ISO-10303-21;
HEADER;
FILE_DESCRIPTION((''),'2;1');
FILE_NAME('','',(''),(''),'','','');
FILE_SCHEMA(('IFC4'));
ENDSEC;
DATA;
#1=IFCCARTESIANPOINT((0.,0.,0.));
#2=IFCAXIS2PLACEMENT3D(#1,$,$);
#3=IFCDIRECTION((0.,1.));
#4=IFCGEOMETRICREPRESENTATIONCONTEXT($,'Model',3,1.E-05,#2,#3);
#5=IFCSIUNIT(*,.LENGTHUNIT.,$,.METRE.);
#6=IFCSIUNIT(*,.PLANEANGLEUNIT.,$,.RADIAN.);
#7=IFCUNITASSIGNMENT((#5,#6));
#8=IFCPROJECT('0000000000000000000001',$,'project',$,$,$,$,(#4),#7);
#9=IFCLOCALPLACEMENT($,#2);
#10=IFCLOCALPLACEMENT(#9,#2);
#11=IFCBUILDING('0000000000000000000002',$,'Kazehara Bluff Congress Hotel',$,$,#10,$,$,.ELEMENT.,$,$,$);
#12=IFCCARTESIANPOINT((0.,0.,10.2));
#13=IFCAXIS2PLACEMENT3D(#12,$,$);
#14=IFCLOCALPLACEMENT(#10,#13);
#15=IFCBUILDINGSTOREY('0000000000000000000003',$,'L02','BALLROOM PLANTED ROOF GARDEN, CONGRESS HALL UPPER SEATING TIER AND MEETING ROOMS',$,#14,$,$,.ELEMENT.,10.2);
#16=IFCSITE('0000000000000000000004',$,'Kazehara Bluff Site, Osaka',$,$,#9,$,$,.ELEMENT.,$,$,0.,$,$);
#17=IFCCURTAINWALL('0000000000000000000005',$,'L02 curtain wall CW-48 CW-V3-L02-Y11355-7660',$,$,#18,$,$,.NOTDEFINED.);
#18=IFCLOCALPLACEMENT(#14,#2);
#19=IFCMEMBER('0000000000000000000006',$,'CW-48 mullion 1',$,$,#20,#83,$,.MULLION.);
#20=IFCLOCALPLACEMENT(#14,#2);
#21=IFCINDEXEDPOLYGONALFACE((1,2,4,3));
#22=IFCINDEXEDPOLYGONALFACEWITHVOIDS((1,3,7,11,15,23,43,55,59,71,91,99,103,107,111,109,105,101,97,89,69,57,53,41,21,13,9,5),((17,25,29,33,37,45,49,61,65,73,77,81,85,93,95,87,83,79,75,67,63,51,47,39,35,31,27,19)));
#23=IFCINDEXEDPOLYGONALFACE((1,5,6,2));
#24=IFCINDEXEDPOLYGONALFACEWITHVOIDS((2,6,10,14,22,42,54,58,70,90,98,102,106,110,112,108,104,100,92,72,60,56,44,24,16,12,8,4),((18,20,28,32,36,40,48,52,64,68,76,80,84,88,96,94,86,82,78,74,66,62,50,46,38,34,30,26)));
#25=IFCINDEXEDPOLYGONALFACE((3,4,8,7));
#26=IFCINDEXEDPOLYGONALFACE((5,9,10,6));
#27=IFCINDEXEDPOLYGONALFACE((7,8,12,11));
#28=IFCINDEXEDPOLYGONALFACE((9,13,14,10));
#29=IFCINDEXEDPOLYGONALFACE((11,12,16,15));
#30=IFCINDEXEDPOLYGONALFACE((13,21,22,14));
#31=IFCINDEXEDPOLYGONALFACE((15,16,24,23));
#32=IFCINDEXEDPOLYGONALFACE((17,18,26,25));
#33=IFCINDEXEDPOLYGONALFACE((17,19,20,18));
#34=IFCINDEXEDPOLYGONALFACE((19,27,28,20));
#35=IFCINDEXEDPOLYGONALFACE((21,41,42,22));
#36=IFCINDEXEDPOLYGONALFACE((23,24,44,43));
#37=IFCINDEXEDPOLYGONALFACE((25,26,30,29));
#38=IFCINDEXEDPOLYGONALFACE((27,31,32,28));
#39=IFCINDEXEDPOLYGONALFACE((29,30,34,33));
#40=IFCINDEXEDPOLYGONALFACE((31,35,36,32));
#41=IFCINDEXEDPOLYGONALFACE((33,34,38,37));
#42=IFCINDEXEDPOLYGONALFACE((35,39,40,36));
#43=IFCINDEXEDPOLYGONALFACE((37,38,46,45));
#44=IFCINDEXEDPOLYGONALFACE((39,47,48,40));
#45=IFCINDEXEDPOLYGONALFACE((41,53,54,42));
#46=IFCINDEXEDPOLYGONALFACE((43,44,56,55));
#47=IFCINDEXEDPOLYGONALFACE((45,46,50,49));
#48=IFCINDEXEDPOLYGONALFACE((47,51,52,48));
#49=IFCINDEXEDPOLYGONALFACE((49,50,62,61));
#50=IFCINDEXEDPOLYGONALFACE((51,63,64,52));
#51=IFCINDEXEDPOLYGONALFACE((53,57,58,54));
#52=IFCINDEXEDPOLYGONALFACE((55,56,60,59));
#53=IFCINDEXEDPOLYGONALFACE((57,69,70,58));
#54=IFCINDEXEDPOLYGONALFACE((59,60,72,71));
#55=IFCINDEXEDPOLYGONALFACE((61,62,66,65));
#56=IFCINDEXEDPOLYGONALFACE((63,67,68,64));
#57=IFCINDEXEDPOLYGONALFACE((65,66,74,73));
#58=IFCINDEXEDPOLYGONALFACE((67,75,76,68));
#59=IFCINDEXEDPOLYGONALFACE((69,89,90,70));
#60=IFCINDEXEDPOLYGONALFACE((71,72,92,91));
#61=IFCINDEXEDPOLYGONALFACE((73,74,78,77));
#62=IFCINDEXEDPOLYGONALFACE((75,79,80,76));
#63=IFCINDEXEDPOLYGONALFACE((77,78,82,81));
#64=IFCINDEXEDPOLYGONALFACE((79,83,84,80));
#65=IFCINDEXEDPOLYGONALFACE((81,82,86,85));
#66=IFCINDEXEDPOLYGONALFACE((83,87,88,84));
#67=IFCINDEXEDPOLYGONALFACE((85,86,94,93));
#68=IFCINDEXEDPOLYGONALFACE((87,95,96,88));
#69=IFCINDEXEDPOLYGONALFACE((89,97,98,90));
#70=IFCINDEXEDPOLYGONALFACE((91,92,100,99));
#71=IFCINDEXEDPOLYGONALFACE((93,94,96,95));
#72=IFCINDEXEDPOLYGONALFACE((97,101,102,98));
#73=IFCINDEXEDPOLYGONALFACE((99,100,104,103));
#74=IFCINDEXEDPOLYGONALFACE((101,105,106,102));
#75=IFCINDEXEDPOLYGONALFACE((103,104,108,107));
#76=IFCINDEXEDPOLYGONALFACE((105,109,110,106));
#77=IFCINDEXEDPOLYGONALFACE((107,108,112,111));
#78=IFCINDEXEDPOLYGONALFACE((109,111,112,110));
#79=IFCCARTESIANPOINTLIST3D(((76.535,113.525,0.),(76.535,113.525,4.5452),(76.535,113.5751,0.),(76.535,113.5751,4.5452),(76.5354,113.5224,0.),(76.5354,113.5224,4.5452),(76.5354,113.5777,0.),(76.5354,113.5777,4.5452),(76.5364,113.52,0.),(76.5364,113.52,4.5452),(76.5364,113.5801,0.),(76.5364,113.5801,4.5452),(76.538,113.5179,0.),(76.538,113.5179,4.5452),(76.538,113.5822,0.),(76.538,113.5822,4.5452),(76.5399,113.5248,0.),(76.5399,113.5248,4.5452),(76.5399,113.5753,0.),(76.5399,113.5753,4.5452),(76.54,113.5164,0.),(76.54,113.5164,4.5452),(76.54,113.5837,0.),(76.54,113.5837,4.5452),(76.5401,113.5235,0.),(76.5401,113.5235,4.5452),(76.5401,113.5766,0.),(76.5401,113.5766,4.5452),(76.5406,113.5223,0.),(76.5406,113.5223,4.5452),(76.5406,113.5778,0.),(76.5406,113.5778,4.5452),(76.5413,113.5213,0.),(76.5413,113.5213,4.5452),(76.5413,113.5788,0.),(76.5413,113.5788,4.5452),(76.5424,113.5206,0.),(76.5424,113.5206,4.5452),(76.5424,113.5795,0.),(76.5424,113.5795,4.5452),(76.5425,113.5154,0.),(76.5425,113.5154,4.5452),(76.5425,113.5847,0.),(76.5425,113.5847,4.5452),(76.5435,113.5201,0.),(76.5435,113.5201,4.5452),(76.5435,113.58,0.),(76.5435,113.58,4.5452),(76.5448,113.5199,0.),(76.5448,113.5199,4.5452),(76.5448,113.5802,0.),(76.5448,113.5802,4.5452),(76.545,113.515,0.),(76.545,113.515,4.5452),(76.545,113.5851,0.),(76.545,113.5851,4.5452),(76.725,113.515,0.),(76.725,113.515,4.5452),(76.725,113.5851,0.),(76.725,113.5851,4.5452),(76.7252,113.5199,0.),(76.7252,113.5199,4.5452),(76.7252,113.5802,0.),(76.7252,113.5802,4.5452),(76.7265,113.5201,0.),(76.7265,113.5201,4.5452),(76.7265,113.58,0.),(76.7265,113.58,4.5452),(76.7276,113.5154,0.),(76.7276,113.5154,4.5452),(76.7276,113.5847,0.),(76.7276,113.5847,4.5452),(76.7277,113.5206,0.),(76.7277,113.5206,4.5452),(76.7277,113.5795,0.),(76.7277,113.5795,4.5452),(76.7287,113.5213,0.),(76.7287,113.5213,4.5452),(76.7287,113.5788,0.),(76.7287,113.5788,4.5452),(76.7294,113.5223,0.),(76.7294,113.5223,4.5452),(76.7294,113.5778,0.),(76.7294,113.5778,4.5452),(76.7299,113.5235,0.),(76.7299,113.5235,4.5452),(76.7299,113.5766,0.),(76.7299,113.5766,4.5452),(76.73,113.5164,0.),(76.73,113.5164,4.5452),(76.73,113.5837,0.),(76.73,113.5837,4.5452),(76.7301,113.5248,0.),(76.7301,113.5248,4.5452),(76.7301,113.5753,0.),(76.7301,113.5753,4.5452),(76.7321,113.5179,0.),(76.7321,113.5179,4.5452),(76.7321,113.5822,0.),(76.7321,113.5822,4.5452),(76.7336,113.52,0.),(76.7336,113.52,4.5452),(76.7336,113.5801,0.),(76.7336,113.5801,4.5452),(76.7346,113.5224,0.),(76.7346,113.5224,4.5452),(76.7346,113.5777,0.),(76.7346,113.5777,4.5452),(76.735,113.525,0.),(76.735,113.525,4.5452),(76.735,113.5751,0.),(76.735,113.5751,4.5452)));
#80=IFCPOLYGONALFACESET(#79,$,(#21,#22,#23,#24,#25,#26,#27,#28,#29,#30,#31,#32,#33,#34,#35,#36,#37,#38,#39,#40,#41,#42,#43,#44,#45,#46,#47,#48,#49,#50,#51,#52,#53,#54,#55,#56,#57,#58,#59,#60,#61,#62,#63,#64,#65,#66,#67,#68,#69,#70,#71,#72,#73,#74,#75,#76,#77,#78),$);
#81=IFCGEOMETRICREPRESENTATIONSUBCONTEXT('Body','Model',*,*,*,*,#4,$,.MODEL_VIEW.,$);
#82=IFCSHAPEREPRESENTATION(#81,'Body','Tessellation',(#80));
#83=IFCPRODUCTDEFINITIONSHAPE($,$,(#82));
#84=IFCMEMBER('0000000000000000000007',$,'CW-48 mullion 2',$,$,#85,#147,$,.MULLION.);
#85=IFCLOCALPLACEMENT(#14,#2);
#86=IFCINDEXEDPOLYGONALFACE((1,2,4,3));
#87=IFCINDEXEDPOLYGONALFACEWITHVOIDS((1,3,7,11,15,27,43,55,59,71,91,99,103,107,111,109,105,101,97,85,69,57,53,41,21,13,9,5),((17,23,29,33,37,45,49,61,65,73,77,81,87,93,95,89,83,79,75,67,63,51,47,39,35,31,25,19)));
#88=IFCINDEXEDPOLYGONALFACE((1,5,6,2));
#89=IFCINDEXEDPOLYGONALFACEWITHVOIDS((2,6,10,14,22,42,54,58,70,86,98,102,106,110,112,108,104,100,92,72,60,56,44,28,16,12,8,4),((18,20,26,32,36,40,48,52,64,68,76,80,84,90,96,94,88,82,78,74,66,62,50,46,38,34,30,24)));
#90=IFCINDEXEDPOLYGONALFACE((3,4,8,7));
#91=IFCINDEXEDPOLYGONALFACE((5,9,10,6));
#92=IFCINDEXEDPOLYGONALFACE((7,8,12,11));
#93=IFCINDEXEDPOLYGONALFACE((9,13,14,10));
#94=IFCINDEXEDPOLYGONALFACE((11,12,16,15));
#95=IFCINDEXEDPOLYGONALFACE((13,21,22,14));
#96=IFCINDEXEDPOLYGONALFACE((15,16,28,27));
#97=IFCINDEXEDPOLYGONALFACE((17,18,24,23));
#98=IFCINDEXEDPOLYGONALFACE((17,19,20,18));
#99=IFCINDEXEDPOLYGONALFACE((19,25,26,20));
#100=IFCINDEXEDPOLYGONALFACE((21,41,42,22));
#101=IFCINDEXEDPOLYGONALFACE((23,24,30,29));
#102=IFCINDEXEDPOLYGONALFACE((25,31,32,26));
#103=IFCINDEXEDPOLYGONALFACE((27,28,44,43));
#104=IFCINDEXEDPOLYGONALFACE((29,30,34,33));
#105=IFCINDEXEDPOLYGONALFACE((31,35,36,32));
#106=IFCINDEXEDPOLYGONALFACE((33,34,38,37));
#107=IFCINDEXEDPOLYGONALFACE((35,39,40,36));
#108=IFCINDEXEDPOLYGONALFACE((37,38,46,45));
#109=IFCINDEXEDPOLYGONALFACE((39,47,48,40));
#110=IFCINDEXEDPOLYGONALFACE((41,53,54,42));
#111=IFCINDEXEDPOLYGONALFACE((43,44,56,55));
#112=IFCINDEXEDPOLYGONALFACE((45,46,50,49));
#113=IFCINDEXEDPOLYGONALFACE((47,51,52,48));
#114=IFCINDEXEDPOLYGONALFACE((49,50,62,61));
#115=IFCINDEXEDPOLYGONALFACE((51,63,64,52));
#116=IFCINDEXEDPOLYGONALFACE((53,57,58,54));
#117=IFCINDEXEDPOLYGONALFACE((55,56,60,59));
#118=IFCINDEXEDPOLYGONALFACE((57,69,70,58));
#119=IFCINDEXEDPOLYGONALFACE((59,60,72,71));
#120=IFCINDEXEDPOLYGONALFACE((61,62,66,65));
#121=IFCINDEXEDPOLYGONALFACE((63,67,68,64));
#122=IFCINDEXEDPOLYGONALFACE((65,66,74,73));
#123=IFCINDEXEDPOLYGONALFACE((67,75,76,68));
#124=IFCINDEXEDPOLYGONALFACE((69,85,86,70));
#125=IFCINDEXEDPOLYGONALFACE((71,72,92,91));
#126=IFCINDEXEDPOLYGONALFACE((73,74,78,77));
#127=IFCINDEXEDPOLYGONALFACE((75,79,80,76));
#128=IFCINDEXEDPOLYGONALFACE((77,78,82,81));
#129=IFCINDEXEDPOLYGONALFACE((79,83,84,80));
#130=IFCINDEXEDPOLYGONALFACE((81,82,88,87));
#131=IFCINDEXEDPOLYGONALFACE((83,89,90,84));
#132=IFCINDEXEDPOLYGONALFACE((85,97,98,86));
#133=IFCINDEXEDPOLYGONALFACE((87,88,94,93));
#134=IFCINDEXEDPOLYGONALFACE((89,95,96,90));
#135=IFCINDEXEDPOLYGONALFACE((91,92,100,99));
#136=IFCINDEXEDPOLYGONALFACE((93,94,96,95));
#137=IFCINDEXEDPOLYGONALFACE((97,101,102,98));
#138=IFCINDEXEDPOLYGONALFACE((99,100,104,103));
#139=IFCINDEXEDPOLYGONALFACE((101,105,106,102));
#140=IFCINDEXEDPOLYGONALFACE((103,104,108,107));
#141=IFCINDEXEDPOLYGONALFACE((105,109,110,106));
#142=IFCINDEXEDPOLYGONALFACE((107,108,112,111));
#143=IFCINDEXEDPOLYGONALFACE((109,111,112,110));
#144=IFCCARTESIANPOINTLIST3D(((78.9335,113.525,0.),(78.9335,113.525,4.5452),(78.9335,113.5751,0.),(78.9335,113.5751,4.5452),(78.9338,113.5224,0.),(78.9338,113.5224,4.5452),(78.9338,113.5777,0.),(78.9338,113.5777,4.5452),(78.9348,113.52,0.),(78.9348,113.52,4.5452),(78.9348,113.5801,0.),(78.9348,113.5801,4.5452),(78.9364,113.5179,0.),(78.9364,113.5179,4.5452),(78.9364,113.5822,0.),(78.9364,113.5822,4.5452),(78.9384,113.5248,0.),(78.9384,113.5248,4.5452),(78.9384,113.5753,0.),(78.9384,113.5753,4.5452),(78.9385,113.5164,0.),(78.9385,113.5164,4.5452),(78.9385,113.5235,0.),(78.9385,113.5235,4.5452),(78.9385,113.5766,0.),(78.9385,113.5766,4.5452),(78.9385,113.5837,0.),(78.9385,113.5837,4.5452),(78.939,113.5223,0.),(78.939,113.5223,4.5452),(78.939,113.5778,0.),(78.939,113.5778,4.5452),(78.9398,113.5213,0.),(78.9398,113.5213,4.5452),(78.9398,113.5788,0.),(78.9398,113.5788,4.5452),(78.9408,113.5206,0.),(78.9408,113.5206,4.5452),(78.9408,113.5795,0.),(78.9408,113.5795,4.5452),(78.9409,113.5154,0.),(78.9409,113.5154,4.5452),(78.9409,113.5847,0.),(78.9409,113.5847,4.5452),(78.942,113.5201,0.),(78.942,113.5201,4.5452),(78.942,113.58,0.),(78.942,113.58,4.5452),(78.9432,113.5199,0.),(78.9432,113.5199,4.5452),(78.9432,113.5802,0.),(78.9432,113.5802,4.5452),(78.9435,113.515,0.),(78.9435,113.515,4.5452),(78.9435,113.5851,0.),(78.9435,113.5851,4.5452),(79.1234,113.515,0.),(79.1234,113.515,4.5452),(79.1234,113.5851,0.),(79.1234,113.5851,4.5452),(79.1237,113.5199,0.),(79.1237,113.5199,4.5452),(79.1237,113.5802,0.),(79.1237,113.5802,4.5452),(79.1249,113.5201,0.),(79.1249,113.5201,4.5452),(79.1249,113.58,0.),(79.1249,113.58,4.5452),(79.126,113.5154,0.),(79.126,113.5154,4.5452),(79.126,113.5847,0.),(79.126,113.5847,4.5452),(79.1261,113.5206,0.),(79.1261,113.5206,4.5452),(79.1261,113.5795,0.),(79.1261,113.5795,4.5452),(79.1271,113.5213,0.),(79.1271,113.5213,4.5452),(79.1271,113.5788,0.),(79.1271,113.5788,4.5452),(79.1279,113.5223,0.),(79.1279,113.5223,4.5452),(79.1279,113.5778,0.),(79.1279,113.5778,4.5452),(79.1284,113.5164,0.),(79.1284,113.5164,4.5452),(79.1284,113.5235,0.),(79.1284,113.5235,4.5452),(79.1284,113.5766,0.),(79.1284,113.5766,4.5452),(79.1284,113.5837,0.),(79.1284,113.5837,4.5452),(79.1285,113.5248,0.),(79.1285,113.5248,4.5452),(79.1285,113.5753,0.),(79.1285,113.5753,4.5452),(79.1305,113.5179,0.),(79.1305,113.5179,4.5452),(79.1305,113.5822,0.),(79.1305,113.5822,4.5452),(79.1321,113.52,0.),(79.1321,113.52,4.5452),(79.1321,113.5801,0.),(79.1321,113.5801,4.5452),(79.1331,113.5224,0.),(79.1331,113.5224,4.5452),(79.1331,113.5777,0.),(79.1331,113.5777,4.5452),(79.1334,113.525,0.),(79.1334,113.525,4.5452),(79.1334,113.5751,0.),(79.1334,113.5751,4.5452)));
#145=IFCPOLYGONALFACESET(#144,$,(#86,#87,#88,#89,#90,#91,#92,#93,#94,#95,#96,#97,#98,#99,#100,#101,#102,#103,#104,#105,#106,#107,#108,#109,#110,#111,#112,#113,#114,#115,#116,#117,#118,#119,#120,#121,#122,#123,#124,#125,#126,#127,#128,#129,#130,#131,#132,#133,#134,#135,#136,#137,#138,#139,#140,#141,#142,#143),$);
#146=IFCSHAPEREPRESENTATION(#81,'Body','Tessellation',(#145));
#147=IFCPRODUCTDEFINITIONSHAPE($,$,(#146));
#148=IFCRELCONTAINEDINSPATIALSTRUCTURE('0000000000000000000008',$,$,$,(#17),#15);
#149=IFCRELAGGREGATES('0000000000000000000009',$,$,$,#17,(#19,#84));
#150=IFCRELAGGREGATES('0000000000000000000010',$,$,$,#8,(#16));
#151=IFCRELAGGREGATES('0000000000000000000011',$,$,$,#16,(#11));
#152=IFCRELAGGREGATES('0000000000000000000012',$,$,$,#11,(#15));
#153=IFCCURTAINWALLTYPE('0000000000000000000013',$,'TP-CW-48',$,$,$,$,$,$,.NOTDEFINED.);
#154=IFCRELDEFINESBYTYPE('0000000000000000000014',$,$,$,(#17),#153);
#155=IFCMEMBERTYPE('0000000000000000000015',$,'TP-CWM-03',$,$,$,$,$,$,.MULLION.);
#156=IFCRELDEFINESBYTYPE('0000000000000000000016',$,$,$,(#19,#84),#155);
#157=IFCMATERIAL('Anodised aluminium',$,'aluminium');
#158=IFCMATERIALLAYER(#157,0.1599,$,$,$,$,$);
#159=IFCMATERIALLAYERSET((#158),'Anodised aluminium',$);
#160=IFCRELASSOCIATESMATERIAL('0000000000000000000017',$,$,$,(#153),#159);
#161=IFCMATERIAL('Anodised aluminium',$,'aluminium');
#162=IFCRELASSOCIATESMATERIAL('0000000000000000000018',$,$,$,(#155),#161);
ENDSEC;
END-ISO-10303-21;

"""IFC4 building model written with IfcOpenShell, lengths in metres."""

from ifc_helpers import new_model, si_unit, direction, frame, origin, origin_2d, place, context, subcontext, project, spatial, hollow_rectangle, extrude, material, layer, layer_set, material_profile, profile_set, type_object, element, aggregate, save


model = new_model("IFC4")

# Units and contexts
model_context = context("Model", 3, precision=1e-05, world=origin(), true_north=direction((0.0, 1.0)))
body_context = subcontext(model_context, "Body", "Model", "MODEL_VIEW")
ifc_project = project(units=[si_unit("LENGTHUNIT", "METRE"), si_unit("PLANEANGLEUNIT", "RADIAN")], contexts=[model_context])

# Site, building, storey
site_placement = place(None, origin())
site = spatial("IfcSite", under=ifc_project, at=site_placement, Name="Kazehara Bluff Site, Osaka", CompositionType="ELEMENT", RefElevation=0.0)
building_placement = place(site_placement, origin())
building = spatial("IfcBuilding", under=site, at=building_placement, Name="Kazehara Bluff Congress Hotel", CompositionType="ELEMENT")
storey_placement = place(building_placement, frame((0.0, 0.0, 10.2)))
storey = spatial("IfcBuildingStorey", under=building, at=storey_placement, Name="L02", Description="BALLROOM PLANTED ROOF GARDEN, CONGRESS HALL UPPER SEATING TIER AND MEETING ROOMS", CompositionType="ELEMENT", Elevation=10.2)

# Curtain wall, members
ifc_material_1 = material(Name="Anodised aluminium", Category="aluminium")
ifc_layer_1 = layer(ifc_material_1, 0.1599)
ifc_layer_set_1 = layer_set([ifc_layer_1], Name="Anodised aluminium")
curtain_wall_type = type_object("IfcCurtainWallType", Name="TP-CW-48", PredefinedType="NOTDEFINED", material=ifc_layer_set_1)
curtain_wall_placement = place(storey_placement, origin())
curtain_wall = element("IfcCurtainWall", 1, at=curtain_wall_placement, inside=storey, type_object=curtain_wall_type, Name="L02 curtain wall CW-48 CW-V3-L02-Y11355-7660", PredefinedType="NOTDEFINED")
ifc_material_2 = material(Name="Anodised aluminium", Category="aluminium")
ifc_material_profile_1 = material_profile(ifc_material_2, hollow_rectangle(XDim=0.0701, YDim=0.2, WallThickness=0.0049, InnerFilletRadius=0.0049, OuterFilletRadius=0.01, at=origin_2d()))
ifc_profile_set_1 = profile_set([ifc_material_profile_1], Name="Anodised aluminium")
member_type_1 = type_object("IfcMemberType", Name="TP-CWM-03", PredefinedType="MULLION", material=ifc_profile_set_1)
member_1_placement = place(storey_placement, frame((76.635, 113.55, 0.0), z_axis=(0.0, 0.0, 1.0), x_axis=(0.0, 1.0, 0.0)))
member_1 = element("IfcMember", 2, at=member_1_placement, type_object=member_type_1, Name="CW-48 mullion 1", PredefinedType="MULLION", context=body_context, shape_type="SweptSolid", body=[
    extrude(hollow_rectangle(XDim=0.0701, YDim=0.2, WallThickness=0.0049, InnerFilletRadius=0.0049, OuterFilletRadius=0.01, at=origin_2d()), origin(), (0.0, 0.0, 1.0), 4.5452),
])
member_2_placement = place(storey_placement, frame((79.0334, 113.55, 0.0), z_axis=(0.0, 0.0, 1.0), x_axis=(0.0, 1.0, 0.0)))
member_2 = element("IfcMember", 3, at=member_2_placement, type_object=member_type_1, Name="CW-48 mullion 2", PredefinedType="MULLION", context=body_context, shape_type="SweptSolid", body=[
    extrude(hollow_rectangle(XDim=0.0701, YDim=0.2, WallThickness=0.0049, InnerFilletRadius=0.0049, OuterFilletRadius=0.01, at=origin_2d()), origin(), (0.0, 0.0, 1.0), 4.5452),
])
aggregate(curtain_wall, [member_1, member_2])

save(model, "model.ifc")
